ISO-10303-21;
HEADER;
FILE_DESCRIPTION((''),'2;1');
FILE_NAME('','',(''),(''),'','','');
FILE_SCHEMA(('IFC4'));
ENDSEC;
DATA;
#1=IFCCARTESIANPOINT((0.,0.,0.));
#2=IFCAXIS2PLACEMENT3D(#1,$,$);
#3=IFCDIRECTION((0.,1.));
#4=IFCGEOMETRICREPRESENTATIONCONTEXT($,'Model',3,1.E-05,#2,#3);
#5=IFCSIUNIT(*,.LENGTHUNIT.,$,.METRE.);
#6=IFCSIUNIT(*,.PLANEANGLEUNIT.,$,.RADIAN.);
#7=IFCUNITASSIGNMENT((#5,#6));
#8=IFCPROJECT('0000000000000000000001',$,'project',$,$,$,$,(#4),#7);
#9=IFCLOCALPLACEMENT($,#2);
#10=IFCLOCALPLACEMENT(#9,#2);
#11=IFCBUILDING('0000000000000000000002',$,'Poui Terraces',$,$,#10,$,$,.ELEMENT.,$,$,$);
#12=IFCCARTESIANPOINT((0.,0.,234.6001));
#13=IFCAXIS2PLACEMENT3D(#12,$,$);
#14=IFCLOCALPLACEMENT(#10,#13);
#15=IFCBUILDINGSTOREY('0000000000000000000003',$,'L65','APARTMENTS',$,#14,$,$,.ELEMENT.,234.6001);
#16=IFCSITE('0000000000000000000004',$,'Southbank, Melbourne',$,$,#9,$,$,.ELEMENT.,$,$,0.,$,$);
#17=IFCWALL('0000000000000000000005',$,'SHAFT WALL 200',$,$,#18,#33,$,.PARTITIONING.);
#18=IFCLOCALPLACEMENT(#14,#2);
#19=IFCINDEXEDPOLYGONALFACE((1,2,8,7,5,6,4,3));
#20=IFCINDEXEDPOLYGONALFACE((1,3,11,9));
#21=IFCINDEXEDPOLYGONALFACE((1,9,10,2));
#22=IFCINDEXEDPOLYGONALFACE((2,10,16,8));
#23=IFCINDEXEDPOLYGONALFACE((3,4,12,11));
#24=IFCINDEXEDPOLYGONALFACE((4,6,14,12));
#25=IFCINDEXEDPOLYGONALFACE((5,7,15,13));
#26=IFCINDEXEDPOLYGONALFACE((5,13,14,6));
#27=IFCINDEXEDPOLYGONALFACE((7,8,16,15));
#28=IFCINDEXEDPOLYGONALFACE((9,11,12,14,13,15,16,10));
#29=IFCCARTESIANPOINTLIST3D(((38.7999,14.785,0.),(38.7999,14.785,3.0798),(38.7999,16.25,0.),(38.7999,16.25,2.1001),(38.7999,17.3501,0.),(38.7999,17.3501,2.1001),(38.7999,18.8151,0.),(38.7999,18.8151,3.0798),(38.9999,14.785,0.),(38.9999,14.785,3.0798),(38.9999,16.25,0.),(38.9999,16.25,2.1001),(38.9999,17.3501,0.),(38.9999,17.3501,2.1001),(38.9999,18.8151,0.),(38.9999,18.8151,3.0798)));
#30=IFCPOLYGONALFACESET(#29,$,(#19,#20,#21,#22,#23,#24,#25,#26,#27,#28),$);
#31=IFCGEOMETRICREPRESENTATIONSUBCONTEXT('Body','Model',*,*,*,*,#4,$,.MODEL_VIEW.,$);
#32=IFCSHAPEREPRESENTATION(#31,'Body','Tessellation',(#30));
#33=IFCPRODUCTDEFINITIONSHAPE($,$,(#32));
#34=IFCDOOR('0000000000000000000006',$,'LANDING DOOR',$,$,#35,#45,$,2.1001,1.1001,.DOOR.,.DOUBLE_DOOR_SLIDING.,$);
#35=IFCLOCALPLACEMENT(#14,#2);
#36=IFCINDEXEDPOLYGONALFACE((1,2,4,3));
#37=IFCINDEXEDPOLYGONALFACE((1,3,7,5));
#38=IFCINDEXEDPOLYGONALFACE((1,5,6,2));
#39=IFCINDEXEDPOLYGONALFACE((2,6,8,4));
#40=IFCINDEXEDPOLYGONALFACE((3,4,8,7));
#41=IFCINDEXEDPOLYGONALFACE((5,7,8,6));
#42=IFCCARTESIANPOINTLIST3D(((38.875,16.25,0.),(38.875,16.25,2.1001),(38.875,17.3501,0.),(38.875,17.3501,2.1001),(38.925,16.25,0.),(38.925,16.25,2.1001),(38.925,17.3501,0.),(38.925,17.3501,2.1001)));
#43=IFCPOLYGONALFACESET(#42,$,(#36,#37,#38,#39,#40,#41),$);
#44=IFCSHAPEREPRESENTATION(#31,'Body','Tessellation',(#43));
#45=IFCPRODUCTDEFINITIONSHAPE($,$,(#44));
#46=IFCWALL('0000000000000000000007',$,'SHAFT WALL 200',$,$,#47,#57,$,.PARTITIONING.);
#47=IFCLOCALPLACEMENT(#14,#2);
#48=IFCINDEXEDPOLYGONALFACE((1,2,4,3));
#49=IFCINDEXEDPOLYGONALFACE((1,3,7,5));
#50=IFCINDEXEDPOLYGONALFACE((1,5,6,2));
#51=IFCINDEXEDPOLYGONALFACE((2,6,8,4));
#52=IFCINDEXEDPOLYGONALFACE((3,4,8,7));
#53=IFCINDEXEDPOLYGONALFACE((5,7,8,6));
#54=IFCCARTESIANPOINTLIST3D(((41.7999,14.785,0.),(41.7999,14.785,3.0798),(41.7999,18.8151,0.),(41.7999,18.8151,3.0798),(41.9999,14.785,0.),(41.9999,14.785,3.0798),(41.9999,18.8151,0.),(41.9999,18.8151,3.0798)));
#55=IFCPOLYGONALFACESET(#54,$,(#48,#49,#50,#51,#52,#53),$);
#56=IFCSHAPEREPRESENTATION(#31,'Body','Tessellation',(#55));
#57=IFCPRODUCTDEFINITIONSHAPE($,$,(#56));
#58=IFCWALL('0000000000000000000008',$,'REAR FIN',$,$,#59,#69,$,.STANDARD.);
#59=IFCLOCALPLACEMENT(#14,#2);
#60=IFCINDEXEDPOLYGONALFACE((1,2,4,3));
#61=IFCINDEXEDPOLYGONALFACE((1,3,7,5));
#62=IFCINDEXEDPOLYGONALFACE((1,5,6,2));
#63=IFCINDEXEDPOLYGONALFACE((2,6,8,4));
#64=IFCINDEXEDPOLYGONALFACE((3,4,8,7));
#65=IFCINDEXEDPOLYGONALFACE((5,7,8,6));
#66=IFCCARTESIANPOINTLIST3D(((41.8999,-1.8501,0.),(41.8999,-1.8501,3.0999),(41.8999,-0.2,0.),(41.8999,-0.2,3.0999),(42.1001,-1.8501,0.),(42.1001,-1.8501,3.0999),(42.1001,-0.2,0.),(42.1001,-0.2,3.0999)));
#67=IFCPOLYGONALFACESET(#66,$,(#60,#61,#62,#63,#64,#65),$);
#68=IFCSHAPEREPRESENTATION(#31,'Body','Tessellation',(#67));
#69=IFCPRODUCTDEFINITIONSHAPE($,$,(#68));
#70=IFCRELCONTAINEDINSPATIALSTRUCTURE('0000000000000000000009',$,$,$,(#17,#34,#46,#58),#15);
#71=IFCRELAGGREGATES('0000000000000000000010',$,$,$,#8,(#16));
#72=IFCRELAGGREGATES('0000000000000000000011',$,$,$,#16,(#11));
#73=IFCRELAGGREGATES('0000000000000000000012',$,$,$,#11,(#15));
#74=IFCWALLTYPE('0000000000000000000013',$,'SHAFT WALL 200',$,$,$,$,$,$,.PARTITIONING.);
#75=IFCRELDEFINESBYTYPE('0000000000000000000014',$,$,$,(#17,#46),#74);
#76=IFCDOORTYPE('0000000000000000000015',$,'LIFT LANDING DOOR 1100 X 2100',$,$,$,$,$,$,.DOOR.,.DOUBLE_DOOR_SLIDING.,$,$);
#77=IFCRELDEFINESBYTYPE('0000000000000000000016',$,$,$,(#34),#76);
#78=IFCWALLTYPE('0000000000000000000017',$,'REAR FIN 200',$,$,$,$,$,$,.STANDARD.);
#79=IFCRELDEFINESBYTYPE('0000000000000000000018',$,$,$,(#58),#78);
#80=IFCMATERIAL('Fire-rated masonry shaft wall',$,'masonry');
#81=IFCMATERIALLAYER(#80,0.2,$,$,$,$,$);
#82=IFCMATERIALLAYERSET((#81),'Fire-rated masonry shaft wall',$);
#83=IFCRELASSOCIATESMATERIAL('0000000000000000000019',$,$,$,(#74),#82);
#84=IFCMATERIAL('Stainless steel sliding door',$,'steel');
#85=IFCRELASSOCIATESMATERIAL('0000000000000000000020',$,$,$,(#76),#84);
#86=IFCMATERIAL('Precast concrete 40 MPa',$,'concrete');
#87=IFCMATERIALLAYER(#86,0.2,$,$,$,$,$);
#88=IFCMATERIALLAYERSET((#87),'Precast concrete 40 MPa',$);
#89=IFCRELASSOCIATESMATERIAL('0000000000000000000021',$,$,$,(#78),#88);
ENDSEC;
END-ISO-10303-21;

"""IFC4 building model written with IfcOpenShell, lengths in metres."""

from ifc_helpers import new_model, si_unit, direction, frame, frame_2d, origin, place, context, subcontext, project, spatial, polyline, rectangle, outline, extrude, source, transform, mapped, material, layer, layer_set, type_object, element, fill, save


model = new_model("IFC4")

# Units and contexts
model_context = context("Model", 3, precision=1e-05, world=origin(), true_north=direction((0.0, 1.0)))
body_context = subcontext(model_context, "Body", "Model", "MODEL_VIEW")
ifc_project = project(units=[si_unit("LENGTHUNIT", "METRE"), si_unit("PLANEANGLEUNIT", "RADIAN")], contexts=[model_context])

# Site, building, storey
site_placement = place(None, origin())
site = spatial("IfcSite", under=ifc_project, at=site_placement, Name="Southbank, Melbourne", CompositionType="ELEMENT", RefElevation=0.0)
building_placement = place(site_placement, origin())
building = spatial("IfcBuilding", under=site, at=building_placement, Name="Poui Terraces", CompositionType="ELEMENT")
storey_placement = place(building_placement, frame((0.0, 0.0, 234.6001)))
storey = spatial("IfcBuildingStorey", under=building, at=storey_placement, Name="L65", Description="APARTMENTS", CompositionType="ELEMENT", Elevation=234.6001)

# Wall, opening, door
ifc_material_1 = material(Name="Fire-rated masonry shaft wall", Category="masonry")
ifc_layer_1 = layer(ifc_material_1, 0.2)
ifc_layer_set_1 = layer_set([ifc_layer_1], Name="Fire-rated masonry shaft wall")
wall_type_1 = type_object("IfcWallType", Name="SHAFT WALL 200", PredefinedType="PARTITIONING", material=ifc_layer_set_1)
wall_1_placement = place(storey_placement, frame((38.8999, 14.7849, 0.0), z_axis=(0.0, 0.0, 1.0), x_axis=(0.0, 1.0, 0.0)))
wall_1 = element("IfcWall", 1, at=wall_1_placement, inside=storey, type_object=wall_type_1, Name="SHAFT WALL 200", PredefinedType="PARTITIONING", context=body_context, shape_type="SweptSolid", body=[
    extrude(rectangle(XDim=4.03, YDim=0.2, at=frame_2d((2.0151, 0.0))), origin(), (0.0, 0.0, 1.0), 3.0798),
])
opening_1_placement = place(wall_1_placement, frame((1.4651, 0.0, 0.0)))
opening_1 = element("IfcOpeningElement", 2, at=opening_1_placement, cuts=wall_1, PredefinedType="OPENING", context=body_context, shape_type="SweptSolid", body=[
    extrude(rectangle(XDim=1.1001, YDim=2.1001, at=frame_2d((0.55, 1.05))), frame((0.0, 0.1099, 0.0), z_axis=(0.0, -1.0, 0.0), x_axis=(1.0, 0.0, 0.0)), (0.0, 0.0, 1.0), 0.22),
])
ifc_material_2 = material(Name="Stainless steel sliding door", Category="steel")
door_type_1 = type_object("IfcDoorType", Name="LIFT LANDING DOOR 1100 X 2100", OperationType="DOUBLE_DOOR_SLIDING", PredefinedType="DOOR", material=ifc_material_2)
door_1_placement = place(opening_1_placement, origin())
door_1 = element("IfcDoor", 3, at=door_1_placement, inside=storey, type_object=door_type_1, Name="LANDING DOOR", OperationType="DOUBLE_DOOR_SLIDING", OverallHeight=2.1001, OverallWidth=1.1001, PredefinedType="DOOR", context=body_context, shape_type="SweptSolid", body=[
    extrude(rectangle(XDim=1.1001, YDim=2.1001, at=frame_2d((0.55, 1.05))), frame((0.0, 0.0249, 0.0), z_axis=(0.0, -1.0, 0.0), x_axis=(1.0, 0.0, 0.0)), (0.0, 0.0, 1.0), 0.05),
])
fill(opening_1, door_1)

# Walls
wall_2_placement = place(storey_placement, frame((41.8999, 14.7849, 0.0), z_axis=(0.0, 0.0, 1.0), x_axis=(0.0, 1.0, 0.0)))
element("IfcWall", 4, at=wall_2_placement, inside=storey, type_object=wall_type_1, Name="SHAFT WALL 200", PredefinedType="PARTITIONING", context=body_context, shape_type="SweptSolid", body=[
    extrude(rectangle(XDim=4.03, YDim=0.2, at=frame_2d((2.0151, 0.0))), origin(), (0.0, 0.0, 1.0), 3.0798),
])
ifc_material_3 = material(Name="Precast concrete 40 MPa", Category="concrete")
ifc_layer_2 = layer(ifc_material_3, 0.2)
ifc_layer_set_2 = layer_set([ifc_layer_2], Name="Precast concrete 40 MPa")
wall_type_2 = type_object("IfcWallType", Name="REAR FIN 200", PredefinedType="STANDARD", material=ifc_layer_set_2)
shared_shape_1 = source(origin(), body_context, "Body", "SweptSolid", [
    extrude(outline(polyline([(0.0, 0.0), (0.2002, 0.0), (0.2002, 1.6501), (0.0, 1.6501), (0.0, 0.0)])), origin(), (0.0, 0.0, 1.0), 3.0999),
])
wall_3_placement = place(storey_placement, frame((41.8999, -1.8501, 0.0)))
element("IfcWall", 5, at=wall_3_placement, inside=storey, type_object=wall_type_2, Name="REAR FIN", PredefinedType="STANDARD", context=body_context, shape_type="MappedRepresentation", body=[
    mapped(shared_shape_1, transform((0.0, 0.0, 0.0))),
])

save(model, "model.ifc")
